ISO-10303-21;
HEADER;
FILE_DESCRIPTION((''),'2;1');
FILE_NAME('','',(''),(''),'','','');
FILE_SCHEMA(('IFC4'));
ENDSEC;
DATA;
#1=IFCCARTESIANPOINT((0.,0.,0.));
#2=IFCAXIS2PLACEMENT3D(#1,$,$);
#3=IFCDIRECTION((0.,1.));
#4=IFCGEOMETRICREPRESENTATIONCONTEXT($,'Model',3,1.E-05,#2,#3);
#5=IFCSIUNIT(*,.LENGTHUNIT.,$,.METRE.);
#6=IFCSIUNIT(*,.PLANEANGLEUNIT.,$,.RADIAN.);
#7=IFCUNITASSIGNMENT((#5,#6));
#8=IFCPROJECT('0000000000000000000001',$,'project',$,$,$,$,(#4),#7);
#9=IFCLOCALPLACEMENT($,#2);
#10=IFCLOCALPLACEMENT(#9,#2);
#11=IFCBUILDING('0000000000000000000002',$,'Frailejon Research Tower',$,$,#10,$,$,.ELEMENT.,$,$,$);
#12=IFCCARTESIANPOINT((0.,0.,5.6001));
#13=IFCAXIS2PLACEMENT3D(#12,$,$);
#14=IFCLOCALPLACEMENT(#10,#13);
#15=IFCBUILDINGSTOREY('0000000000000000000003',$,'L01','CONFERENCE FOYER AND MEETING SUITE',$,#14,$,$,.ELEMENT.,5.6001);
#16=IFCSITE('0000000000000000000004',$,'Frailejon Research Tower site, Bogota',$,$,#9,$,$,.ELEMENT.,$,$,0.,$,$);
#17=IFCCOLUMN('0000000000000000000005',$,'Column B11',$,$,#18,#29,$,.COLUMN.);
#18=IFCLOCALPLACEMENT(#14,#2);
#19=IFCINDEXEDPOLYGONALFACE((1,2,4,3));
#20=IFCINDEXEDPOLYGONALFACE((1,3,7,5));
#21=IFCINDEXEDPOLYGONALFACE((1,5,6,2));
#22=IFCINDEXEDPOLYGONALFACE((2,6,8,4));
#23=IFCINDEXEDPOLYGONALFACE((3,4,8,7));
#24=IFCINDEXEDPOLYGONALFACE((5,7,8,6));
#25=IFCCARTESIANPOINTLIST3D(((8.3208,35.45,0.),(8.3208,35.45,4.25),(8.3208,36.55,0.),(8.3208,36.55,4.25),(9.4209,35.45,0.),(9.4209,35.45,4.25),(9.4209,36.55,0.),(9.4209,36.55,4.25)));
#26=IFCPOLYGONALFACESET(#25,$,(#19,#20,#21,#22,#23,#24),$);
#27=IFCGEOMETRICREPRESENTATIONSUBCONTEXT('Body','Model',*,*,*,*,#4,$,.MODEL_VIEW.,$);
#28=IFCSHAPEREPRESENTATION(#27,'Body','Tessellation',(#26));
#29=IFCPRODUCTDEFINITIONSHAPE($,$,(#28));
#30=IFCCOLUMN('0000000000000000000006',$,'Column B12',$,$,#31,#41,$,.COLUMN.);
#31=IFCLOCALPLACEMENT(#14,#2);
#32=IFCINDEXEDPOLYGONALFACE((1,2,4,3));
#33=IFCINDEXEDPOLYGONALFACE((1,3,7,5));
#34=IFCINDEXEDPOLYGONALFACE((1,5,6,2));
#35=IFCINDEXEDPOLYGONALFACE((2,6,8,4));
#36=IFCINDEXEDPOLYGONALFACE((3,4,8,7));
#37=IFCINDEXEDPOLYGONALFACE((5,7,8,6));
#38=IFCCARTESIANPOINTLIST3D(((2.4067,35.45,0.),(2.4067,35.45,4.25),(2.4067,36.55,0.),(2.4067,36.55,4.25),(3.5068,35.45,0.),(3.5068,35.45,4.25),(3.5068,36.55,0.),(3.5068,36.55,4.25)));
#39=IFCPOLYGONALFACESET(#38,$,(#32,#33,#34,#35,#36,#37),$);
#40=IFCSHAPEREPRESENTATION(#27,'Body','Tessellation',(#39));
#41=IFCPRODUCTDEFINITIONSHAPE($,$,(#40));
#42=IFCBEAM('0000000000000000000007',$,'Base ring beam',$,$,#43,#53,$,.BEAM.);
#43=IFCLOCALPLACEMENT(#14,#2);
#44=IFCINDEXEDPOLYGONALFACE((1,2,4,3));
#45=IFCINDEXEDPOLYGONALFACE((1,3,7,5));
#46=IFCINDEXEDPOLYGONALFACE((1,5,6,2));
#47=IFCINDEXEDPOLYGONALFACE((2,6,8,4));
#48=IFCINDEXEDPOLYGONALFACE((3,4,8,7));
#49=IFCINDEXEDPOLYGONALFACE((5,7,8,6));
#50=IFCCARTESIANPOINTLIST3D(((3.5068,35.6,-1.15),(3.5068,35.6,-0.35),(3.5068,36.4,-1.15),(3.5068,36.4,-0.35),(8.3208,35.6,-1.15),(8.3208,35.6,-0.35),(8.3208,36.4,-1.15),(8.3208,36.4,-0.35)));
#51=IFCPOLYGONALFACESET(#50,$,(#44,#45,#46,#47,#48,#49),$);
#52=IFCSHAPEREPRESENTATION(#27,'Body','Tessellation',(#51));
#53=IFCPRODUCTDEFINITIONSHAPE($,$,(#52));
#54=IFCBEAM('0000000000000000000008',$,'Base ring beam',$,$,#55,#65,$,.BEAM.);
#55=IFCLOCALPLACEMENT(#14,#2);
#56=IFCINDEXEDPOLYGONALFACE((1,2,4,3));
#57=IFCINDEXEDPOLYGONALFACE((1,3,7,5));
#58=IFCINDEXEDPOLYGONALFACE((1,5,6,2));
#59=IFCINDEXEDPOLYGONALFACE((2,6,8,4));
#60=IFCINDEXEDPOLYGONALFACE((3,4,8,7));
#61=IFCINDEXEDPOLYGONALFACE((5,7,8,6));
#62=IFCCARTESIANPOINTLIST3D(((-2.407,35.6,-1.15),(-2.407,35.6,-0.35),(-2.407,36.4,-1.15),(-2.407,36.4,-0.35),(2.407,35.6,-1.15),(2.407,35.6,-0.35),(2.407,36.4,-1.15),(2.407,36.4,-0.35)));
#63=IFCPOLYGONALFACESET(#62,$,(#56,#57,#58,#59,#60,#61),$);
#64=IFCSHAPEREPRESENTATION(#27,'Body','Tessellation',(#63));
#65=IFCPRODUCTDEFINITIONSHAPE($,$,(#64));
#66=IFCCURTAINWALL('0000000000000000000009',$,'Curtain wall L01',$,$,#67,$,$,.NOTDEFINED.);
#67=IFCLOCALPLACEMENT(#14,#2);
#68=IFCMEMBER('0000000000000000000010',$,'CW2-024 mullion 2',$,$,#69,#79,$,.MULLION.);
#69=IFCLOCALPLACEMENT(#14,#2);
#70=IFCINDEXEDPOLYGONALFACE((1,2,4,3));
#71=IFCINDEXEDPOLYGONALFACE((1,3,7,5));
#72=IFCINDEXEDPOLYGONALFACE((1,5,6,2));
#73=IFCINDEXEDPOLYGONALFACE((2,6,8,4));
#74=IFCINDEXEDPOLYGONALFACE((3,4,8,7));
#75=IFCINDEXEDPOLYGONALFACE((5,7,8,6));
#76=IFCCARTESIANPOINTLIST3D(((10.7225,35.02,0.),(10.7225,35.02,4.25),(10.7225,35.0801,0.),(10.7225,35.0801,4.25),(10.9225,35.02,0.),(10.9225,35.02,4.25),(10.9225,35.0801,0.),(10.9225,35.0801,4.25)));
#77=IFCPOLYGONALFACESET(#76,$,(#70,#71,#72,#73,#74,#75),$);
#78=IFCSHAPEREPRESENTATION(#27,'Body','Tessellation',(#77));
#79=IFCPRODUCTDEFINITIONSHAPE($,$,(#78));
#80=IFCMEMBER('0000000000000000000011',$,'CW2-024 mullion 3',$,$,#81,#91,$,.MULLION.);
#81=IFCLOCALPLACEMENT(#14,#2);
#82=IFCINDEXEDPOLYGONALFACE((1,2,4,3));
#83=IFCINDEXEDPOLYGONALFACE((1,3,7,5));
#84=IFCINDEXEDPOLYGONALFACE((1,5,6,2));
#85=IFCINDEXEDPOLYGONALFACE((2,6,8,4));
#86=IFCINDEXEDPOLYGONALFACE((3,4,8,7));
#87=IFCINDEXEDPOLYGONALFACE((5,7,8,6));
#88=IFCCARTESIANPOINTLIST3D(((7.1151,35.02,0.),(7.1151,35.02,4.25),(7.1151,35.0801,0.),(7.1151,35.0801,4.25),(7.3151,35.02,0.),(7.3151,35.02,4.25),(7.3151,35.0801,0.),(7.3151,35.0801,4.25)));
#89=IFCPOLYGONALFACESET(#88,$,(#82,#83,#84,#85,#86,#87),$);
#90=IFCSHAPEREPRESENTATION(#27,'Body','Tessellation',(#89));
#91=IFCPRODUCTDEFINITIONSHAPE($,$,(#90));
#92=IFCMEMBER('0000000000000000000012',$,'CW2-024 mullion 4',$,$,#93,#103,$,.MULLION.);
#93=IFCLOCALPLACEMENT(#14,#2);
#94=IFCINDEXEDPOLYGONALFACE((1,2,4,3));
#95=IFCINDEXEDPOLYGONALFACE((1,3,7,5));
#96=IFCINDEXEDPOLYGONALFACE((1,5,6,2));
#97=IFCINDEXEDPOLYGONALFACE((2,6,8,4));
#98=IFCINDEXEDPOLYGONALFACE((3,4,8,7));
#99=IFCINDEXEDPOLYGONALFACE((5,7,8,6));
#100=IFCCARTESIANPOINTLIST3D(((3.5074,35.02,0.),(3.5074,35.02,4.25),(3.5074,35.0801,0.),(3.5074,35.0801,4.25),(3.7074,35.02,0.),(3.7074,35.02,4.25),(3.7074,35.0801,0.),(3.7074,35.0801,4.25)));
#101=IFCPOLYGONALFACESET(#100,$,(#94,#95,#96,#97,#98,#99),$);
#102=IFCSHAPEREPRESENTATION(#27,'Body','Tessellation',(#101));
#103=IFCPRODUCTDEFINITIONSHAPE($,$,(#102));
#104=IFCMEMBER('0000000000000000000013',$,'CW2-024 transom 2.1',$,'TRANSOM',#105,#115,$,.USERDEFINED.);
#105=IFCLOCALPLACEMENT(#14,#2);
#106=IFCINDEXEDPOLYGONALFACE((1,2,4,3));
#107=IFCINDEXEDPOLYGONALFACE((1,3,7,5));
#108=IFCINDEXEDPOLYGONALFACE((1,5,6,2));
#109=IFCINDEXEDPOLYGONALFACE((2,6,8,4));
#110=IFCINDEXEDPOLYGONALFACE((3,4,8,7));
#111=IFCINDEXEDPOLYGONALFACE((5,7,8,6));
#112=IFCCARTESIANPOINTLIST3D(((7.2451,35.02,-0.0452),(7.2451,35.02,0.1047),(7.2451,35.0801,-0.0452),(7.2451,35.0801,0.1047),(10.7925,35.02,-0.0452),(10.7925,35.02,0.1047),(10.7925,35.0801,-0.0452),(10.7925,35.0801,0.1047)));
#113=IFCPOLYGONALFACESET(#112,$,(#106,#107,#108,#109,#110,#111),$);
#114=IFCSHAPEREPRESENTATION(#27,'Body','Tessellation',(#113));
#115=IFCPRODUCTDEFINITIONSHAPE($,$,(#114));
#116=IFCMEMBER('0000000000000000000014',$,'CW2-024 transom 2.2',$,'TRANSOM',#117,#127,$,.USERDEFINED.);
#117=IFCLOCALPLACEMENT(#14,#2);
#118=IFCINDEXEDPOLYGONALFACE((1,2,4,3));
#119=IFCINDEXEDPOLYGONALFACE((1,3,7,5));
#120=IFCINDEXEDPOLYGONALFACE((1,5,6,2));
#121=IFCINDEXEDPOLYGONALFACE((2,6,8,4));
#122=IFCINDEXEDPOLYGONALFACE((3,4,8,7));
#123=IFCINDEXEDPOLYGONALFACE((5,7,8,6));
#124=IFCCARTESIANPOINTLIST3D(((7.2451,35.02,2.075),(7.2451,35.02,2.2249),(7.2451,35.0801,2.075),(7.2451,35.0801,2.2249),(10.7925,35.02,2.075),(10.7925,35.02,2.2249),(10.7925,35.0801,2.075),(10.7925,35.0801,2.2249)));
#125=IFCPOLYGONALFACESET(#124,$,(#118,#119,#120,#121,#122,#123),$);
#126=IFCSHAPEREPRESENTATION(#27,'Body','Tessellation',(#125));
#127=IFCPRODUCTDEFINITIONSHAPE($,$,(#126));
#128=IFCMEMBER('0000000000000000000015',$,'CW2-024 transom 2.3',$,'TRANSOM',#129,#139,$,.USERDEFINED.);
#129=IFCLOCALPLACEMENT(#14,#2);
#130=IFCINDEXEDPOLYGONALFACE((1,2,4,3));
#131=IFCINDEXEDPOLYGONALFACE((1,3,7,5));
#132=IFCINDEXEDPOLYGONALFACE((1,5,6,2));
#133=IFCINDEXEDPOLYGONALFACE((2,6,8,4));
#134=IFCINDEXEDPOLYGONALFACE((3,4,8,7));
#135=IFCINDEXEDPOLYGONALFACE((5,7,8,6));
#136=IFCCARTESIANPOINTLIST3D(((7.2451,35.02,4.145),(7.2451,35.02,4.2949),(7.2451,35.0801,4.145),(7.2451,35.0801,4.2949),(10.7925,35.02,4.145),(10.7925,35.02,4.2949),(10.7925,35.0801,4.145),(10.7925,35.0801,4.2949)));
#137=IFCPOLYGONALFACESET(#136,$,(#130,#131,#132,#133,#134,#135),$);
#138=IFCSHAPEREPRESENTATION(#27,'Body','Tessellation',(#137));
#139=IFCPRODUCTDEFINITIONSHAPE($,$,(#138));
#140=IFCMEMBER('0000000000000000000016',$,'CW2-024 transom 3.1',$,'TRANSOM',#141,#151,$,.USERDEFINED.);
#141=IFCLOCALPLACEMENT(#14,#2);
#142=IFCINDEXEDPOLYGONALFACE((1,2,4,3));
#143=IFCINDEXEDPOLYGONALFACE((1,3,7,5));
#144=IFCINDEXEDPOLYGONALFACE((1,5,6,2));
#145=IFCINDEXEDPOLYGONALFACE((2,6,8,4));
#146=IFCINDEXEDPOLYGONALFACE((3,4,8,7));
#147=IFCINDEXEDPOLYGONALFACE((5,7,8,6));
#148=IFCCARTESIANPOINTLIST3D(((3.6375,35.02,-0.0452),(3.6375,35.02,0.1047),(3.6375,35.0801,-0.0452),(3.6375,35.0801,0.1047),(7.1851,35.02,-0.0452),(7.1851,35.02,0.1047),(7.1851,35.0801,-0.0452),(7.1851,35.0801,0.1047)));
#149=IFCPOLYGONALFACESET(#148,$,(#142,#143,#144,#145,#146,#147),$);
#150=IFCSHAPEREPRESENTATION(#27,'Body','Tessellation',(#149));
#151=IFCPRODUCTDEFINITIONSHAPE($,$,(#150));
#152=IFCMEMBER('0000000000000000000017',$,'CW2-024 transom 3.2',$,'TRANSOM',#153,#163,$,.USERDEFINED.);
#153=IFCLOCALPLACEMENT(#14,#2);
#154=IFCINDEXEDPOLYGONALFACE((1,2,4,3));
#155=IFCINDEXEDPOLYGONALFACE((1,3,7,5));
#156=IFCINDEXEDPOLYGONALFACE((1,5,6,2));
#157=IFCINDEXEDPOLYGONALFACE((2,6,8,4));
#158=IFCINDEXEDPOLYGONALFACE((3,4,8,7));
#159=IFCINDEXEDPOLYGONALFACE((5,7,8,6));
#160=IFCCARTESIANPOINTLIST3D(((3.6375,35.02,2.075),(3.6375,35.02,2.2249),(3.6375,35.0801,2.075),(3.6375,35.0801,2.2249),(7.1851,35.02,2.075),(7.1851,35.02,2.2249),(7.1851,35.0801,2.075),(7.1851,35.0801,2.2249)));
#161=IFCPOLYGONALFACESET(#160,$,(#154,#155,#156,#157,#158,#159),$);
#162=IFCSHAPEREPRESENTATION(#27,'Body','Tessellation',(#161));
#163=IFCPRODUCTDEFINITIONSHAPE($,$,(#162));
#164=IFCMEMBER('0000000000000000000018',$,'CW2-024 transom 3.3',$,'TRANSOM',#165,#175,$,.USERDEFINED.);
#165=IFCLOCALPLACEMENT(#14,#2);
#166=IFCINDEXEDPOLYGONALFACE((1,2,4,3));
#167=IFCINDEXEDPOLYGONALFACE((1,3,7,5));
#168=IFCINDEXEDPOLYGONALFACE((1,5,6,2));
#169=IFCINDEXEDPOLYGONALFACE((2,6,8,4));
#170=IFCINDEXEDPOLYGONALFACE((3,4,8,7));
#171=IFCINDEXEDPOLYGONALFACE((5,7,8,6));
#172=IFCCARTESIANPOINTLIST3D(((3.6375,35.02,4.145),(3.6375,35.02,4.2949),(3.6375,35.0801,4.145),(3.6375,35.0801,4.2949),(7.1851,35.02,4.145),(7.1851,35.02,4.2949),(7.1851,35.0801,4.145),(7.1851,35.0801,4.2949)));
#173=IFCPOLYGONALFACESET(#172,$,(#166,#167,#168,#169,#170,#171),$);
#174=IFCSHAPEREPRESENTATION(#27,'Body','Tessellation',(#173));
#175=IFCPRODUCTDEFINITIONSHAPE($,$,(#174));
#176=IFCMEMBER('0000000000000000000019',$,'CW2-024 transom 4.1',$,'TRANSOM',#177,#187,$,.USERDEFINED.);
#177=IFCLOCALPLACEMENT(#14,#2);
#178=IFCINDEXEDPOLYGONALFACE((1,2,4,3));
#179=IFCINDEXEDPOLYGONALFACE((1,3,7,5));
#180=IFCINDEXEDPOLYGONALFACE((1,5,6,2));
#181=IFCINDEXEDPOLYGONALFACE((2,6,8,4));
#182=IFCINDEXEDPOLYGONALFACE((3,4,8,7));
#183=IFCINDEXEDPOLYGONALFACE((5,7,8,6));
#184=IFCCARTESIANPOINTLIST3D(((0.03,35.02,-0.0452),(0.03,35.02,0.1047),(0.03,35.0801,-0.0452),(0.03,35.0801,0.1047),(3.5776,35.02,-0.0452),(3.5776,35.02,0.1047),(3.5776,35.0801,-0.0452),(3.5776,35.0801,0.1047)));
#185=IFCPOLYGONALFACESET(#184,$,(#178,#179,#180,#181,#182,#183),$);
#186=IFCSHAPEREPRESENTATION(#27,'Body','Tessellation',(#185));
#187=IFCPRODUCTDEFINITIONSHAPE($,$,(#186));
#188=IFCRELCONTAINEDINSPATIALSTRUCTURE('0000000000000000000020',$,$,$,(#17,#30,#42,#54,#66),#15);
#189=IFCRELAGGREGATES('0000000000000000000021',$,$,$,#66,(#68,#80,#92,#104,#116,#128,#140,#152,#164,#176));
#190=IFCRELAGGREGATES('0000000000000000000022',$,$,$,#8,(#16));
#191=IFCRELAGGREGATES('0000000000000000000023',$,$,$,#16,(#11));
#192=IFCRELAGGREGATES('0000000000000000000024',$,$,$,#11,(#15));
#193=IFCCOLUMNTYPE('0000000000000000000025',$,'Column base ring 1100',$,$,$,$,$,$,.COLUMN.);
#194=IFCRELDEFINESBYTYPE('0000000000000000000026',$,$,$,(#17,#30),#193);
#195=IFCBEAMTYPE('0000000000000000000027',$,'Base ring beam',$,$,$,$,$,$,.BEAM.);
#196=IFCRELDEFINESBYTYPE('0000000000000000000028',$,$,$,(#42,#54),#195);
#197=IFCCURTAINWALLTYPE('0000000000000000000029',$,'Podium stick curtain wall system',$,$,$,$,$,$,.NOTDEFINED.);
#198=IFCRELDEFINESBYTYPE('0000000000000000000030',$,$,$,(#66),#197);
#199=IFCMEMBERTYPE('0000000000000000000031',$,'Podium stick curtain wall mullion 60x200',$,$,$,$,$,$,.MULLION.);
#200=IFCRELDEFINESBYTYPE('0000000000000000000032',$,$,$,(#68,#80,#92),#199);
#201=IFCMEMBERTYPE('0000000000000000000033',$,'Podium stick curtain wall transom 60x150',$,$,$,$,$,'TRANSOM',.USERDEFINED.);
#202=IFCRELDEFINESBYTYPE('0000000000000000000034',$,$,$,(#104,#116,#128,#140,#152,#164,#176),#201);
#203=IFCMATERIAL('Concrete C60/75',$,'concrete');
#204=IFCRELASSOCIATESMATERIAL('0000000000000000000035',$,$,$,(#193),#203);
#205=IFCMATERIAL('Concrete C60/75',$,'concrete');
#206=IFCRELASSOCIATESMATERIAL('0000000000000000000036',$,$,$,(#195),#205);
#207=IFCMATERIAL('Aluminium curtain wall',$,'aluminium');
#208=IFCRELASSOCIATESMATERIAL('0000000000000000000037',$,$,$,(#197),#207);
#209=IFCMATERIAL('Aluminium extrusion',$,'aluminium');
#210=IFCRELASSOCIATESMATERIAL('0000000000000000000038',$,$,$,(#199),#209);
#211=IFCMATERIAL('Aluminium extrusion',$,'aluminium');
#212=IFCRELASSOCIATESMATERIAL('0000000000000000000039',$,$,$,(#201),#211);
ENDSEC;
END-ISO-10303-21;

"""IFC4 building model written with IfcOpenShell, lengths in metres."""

from ifc_helpers import new_model, si_unit, direction, frame, origin, origin_2d, place, context, subcontext, project, spatial, rectangle, extrude, material, material_profile, profile_set, type_object, element, aggregate, save


model = new_model("IFC4")

# Units and contexts
model_context = context("Model", 3, precision=1e-05, world=origin(), true_north=direction((0.0, 1.0)))
body_context = subcontext(model_context, "Body", "Model", "MODEL_VIEW")
ifc_project = project(units=[si_unit("LENGTHUNIT", "METRE"), si_unit("PLANEANGLEUNIT", "RADIAN")], contexts=[model_context])

# Site, building, storey
site_placement = place(None, origin())
site = spatial("IfcSite", under=ifc_project, at=site_placement, Name="Frailejon Research Tower site, Bogota", CompositionType="ELEMENT", RefElevation=0.0)
building_placement = place(site_placement, origin())
building = spatial("IfcBuilding", under=site, at=building_placement, Name="Frailejon Research Tower", CompositionType="ELEMENT")
storey_placement = place(building_placement, frame((0.0, 0.0, 5.6001)))
storey = spatial("IfcBuildingStorey", under=building, at=storey_placement, Name="L01", Description="CONFERENCE FOYER AND MEETING SUITE", CompositionType="ELEMENT", Elevation=5.6001)

# Columns
ifc_material_1 = material(Name="Concrete C60/75", Category="concrete")
ifc_material_profile_1 = material_profile(ifc_material_1, rectangle(XDim=1.1001, YDim=1.1001, at=origin_2d()), Name="Column base ring 1100")
ifc_profile_set_1 = profile_set([ifc_material_profile_1], Name="Concrete C60/75")
column_type = type_object("IfcColumnType", Name="Column base ring 1100", PredefinedType="COLUMN", material=ifc_profile_set_1)
for number, where, z_axis, x_axis, name in (
    (1, (8.8708, 36.0, 0.0), (0.0, 0.0, 1.0), (-1.0, 0.0, 0.0), "Column B11"),
    (2, (2.9568, 36.0, 0.0), (0.0, 0.0, 1.0), (-1.0, 0.0, 0.0), "Column B12"),
):
    element("IfcColumn", number, at=place(storey_placement, frame(where, z_axis=z_axis, x_axis=x_axis)), inside=storey, type_object=column_type, Name=name, PredefinedType="COLUMN", context=body_context, shape_type="SweptSolid", body=[
        extrude(rectangle(XDim=1.1001, YDim=1.1001, at=origin_2d()), origin(), (0.0, 0.0, 1.0), 4.25),
    ])

# Beams
ifc_material_2 = material(Name="Concrete C60/75", Category="concrete")
ifc_material_profile_2 = material_profile(ifc_material_2, rectangle(XDim=0.8, YDim=0.8, at=origin_2d()), Name="Base ring beam")
ifc_profile_set_2 = profile_set([ifc_material_profile_2], Name="Concrete C60/75")
beam_type = type_object("IfcBeamType", Name="Base ring beam", PredefinedType="BEAM", material=ifc_profile_set_2)
for number, where, z_axis, x_axis, name in (
    (3, (8.3208, 36.0, -0.75), (-1.0, 0.0, 0.0), (0.0, -1.0, 0.0), "Base ring beam"),
    (4, (2.407, 36.0, -0.75), (-1.0, 0.0, 0.0), (0.0, -1.0, 0.0), "Base ring beam"),
):
    element("IfcBeam", number, at=place(storey_placement, frame(where, z_axis=z_axis, x_axis=x_axis)), inside=storey, type_object=beam_type, Name=name, PredefinedType="BEAM", context=body_context, shape_type="SweptSolid", body=[
        extrude(rectangle(XDim=0.8, YDim=0.8, at=origin_2d()), origin(), (0.0, 0.0, 1.0), 4.814),
    ])

# Curtain wall, members
ifc_material_3 = material(Name="Aluminium curtain wall", Category="aluminium")
curtain_wall_type = type_object("IfcCurtainWallType", Name="Podium stick curtain wall system", PredefinedType="NOTDEFINED", material=ifc_material_3)
curtain_wall_placement = place(storey_placement, origin())
curtain_wall = element("IfcCurtainWall", 5, at=curtain_wall_placement, inside=storey, type_object=curtain_wall_type, Name="Curtain wall L01", PredefinedType="NOTDEFINED")
ifc_material_4 = material(Name="Aluminium extrusion", Category="aluminium")
ifc_material_profile_3 = material_profile(ifc_material_4, rectangle(XDim=0.0601, YDim=0.2, at=origin_2d()), Name="Podium stick curtain wall mullion 60x200")
ifc_profile_set_3 = profile_set([ifc_material_profile_3], Name="Aluminium extrusion")
member_type_1 = type_object("IfcMemberType", Name="Podium stick curtain wall mullion 60x200", PredefinedType="MULLION", material=ifc_profile_set_3)
member_1_placement = place(storey_placement, frame((10.8225, 35.05, 0.0), z_axis=(0.0, 0.0, 1.0), x_axis=(0.0, -1.0, 0.0)))
member_1 = element("IfcMember", 6, at=member_1_placement, type_object=member_type_1, Name="CW2-024 mullion 2", PredefinedType="MULLION", context=body_context, shape_type="SweptSolid", body=[
    extrude(rectangle(XDim=0.0601, YDim=0.2, at=origin_2d()), origin(), (0.0, 0.0, 1.0), 4.25),
])
member_2_placement = place(storey_placement, frame((7.2151, 35.05, 0.0), z_axis=(0.0, 0.0, 1.0), x_axis=(0.0, -1.0, 0.0)))
member_2 = element("IfcMember", 7, at=member_2_placement, type_object=member_type_1, Name="CW2-024 mullion 3", PredefinedType="MULLION", context=body_context, shape_type="SweptSolid", body=[
    extrude(rectangle(XDim=0.0601, YDim=0.2, at=origin_2d()), origin(), (0.0, 0.0, 1.0), 4.25),
])
member_3_placement = place(storey_placement, frame((3.6074, 35.05, 0.0), z_axis=(0.0, 0.0, 1.0), x_axis=(0.0, -1.0, 0.0)))
member_3 = element("IfcMember", 8, at=member_3_placement, type_object=member_type_1, Name="CW2-024 mullion 4", PredefinedType="MULLION", context=body_context, shape_type="SweptSolid", body=[
    extrude(rectangle(XDim=0.0601, YDim=0.2, at=origin_2d()), origin(), (0.0, 0.0, 1.0), 4.25),
])
ifc_material_5 = material(Name="Aluminium extrusion", Category="aluminium")
ifc_material_profile_4 = material_profile(ifc_material_5, rectangle(XDim=0.0601, YDim=0.1499, at=origin_2d()), Name="Podium stick curtain wall transom 60x150")
ifc_profile_set_4 = profile_set([ifc_material_profile_4], Name="Aluminium extrusion")
member_type_2 = type_object("IfcMemberType", Name="Podium stick curtain wall transom 60x150", ElementType="TRANSOM", PredefinedType="USERDEFINED", material=ifc_profile_set_4)
member_4_placement = place(storey_placement, frame((10.7925, 35.05, 0.0298), z_axis=(-1.0, 0.0, 0.0), x_axis=(0.0, -1.0, 0.0)))
member_4 = element("IfcMember", 9, at=member_4_placement, type_object=member_type_2, Name="CW2-024 transom 2.1", ObjectType="TRANSOM", PredefinedType="USERDEFINED", context=body_context, shape_type="SweptSolid", body=[
    extrude(rectangle(XDim=0.0601, YDim=0.1499, at=origin_2d()), origin(), (0.0, 0.0, 1.0), 3.5474),
])
member_5_placement = place(storey_placement, frame((10.7925, 35.05, 2.1499), z_axis=(-1.0, 0.0, 0.0), x_axis=(0.0, -1.0, 0.0)))
member_5 = element("IfcMember", 10, at=member_5_placement, type_object=member_type_2, Name="CW2-024 transom 2.2", ObjectType="TRANSOM", PredefinedType="USERDEFINED", context=body_context, shape_type="SweptSolid", body=[
    extrude(rectangle(XDim=0.0601, YDim=0.1499, at=origin_2d()), origin(), (0.0, 0.0, 1.0), 3.5474),
])
member_6_placement = place(storey_placement, frame((10.7925, 35.05, 4.22), z_axis=(-1.0, 0.0, 0.0), x_axis=(0.0, -1.0, 0.0)))
member_6 = element("IfcMember", 11, at=member_6_placement, type_object=member_type_2, Name="CW2-024 transom 2.3", ObjectType="TRANSOM", PredefinedType="USERDEFINED", context=body_context, shape_type="SweptSolid", body=[
    extrude(rectangle(XDim=0.0601, YDim=0.1499, at=origin_2d()), origin(), (0.0, 0.0, 1.0), 3.5474),
])
member_7_placement = place(storey_placement, frame((7.1851, 35.05, 0.0298), z_axis=(-1.0, 0.0, 0.0), x_axis=(0.0, -1.0, 0.0)))
member_7 = element("IfcMember", 12, at=member_7_placement, type_object=member_type_2, Name="CW2-024 transom 3.1", ObjectType="TRANSOM", PredefinedType="USERDEFINED", context=body_context, shape_type="SweptSolid", body=[
    extrude(rectangle(XDim=0.0601, YDim=0.1499, at=origin_2d()), origin(), (0.0, 0.0, 1.0), 3.5476),
])
member_8_placement = place(storey_placement, frame((7.1851, 35.05, 2.1499), z_axis=(-1.0, 0.0, 0.0), x_axis=(0.0, -1.0, 0.0)))
member_8 = element("IfcMember", 13, at=member_8_placement, type_object=member_type_2, Name="CW2-024 transom 3.2", ObjectType="TRANSOM", PredefinedType="USERDEFINED", context=body_context, shape_type="SweptSolid", body=[
    extrude(rectangle(XDim=0.0601, YDim=0.1499, at=origin_2d()), origin(), (0.0, 0.0, 1.0), 3.5476),
])
member_9_placement = place(storey_placement, frame((7.1851, 35.05, 4.22), z_axis=(-1.0, 0.0, 0.0), x_axis=(0.0, -1.0, 0.0)))
member_9 = element("IfcMember", 14, at=member_9_placement, type_object=member_type_2, Name="CW2-024 transom 3.3", ObjectType="TRANSOM", PredefinedType="USERDEFINED", context=body_context, shape_type="SweptSolid", body=[
    extrude(rectangle(XDim=0.0601, YDim=0.1499, at=origin_2d()), origin(), (0.0, 0.0, 1.0), 3.5476),
])
member_10_placement = place(storey_placement, frame((3.5776, 35.05, 0.0298), z_axis=(-1.0, 0.0, 0.0), x_axis=(0.0, -1.0, 0.0)))
member_10 = element("IfcMember", 15, at=member_10_placement, type_object=member_type_2, Name="CW2-024 transom 4.1", ObjectType="TRANSOM", PredefinedType="USERDEFINED", context=body_context, shape_type="SweptSolid", body=[
    extrude(rectangle(XDim=0.0601, YDim=0.1499, at=origin_2d()), origin(), (0.0, 0.0, 1.0), 3.5476),
])
aggregate(curtain_wall, [member_1, member_2, member_3, member_4, member_5, member_6, member_7, member_8, member_9, member_10])

save(model, "model.ifc")
